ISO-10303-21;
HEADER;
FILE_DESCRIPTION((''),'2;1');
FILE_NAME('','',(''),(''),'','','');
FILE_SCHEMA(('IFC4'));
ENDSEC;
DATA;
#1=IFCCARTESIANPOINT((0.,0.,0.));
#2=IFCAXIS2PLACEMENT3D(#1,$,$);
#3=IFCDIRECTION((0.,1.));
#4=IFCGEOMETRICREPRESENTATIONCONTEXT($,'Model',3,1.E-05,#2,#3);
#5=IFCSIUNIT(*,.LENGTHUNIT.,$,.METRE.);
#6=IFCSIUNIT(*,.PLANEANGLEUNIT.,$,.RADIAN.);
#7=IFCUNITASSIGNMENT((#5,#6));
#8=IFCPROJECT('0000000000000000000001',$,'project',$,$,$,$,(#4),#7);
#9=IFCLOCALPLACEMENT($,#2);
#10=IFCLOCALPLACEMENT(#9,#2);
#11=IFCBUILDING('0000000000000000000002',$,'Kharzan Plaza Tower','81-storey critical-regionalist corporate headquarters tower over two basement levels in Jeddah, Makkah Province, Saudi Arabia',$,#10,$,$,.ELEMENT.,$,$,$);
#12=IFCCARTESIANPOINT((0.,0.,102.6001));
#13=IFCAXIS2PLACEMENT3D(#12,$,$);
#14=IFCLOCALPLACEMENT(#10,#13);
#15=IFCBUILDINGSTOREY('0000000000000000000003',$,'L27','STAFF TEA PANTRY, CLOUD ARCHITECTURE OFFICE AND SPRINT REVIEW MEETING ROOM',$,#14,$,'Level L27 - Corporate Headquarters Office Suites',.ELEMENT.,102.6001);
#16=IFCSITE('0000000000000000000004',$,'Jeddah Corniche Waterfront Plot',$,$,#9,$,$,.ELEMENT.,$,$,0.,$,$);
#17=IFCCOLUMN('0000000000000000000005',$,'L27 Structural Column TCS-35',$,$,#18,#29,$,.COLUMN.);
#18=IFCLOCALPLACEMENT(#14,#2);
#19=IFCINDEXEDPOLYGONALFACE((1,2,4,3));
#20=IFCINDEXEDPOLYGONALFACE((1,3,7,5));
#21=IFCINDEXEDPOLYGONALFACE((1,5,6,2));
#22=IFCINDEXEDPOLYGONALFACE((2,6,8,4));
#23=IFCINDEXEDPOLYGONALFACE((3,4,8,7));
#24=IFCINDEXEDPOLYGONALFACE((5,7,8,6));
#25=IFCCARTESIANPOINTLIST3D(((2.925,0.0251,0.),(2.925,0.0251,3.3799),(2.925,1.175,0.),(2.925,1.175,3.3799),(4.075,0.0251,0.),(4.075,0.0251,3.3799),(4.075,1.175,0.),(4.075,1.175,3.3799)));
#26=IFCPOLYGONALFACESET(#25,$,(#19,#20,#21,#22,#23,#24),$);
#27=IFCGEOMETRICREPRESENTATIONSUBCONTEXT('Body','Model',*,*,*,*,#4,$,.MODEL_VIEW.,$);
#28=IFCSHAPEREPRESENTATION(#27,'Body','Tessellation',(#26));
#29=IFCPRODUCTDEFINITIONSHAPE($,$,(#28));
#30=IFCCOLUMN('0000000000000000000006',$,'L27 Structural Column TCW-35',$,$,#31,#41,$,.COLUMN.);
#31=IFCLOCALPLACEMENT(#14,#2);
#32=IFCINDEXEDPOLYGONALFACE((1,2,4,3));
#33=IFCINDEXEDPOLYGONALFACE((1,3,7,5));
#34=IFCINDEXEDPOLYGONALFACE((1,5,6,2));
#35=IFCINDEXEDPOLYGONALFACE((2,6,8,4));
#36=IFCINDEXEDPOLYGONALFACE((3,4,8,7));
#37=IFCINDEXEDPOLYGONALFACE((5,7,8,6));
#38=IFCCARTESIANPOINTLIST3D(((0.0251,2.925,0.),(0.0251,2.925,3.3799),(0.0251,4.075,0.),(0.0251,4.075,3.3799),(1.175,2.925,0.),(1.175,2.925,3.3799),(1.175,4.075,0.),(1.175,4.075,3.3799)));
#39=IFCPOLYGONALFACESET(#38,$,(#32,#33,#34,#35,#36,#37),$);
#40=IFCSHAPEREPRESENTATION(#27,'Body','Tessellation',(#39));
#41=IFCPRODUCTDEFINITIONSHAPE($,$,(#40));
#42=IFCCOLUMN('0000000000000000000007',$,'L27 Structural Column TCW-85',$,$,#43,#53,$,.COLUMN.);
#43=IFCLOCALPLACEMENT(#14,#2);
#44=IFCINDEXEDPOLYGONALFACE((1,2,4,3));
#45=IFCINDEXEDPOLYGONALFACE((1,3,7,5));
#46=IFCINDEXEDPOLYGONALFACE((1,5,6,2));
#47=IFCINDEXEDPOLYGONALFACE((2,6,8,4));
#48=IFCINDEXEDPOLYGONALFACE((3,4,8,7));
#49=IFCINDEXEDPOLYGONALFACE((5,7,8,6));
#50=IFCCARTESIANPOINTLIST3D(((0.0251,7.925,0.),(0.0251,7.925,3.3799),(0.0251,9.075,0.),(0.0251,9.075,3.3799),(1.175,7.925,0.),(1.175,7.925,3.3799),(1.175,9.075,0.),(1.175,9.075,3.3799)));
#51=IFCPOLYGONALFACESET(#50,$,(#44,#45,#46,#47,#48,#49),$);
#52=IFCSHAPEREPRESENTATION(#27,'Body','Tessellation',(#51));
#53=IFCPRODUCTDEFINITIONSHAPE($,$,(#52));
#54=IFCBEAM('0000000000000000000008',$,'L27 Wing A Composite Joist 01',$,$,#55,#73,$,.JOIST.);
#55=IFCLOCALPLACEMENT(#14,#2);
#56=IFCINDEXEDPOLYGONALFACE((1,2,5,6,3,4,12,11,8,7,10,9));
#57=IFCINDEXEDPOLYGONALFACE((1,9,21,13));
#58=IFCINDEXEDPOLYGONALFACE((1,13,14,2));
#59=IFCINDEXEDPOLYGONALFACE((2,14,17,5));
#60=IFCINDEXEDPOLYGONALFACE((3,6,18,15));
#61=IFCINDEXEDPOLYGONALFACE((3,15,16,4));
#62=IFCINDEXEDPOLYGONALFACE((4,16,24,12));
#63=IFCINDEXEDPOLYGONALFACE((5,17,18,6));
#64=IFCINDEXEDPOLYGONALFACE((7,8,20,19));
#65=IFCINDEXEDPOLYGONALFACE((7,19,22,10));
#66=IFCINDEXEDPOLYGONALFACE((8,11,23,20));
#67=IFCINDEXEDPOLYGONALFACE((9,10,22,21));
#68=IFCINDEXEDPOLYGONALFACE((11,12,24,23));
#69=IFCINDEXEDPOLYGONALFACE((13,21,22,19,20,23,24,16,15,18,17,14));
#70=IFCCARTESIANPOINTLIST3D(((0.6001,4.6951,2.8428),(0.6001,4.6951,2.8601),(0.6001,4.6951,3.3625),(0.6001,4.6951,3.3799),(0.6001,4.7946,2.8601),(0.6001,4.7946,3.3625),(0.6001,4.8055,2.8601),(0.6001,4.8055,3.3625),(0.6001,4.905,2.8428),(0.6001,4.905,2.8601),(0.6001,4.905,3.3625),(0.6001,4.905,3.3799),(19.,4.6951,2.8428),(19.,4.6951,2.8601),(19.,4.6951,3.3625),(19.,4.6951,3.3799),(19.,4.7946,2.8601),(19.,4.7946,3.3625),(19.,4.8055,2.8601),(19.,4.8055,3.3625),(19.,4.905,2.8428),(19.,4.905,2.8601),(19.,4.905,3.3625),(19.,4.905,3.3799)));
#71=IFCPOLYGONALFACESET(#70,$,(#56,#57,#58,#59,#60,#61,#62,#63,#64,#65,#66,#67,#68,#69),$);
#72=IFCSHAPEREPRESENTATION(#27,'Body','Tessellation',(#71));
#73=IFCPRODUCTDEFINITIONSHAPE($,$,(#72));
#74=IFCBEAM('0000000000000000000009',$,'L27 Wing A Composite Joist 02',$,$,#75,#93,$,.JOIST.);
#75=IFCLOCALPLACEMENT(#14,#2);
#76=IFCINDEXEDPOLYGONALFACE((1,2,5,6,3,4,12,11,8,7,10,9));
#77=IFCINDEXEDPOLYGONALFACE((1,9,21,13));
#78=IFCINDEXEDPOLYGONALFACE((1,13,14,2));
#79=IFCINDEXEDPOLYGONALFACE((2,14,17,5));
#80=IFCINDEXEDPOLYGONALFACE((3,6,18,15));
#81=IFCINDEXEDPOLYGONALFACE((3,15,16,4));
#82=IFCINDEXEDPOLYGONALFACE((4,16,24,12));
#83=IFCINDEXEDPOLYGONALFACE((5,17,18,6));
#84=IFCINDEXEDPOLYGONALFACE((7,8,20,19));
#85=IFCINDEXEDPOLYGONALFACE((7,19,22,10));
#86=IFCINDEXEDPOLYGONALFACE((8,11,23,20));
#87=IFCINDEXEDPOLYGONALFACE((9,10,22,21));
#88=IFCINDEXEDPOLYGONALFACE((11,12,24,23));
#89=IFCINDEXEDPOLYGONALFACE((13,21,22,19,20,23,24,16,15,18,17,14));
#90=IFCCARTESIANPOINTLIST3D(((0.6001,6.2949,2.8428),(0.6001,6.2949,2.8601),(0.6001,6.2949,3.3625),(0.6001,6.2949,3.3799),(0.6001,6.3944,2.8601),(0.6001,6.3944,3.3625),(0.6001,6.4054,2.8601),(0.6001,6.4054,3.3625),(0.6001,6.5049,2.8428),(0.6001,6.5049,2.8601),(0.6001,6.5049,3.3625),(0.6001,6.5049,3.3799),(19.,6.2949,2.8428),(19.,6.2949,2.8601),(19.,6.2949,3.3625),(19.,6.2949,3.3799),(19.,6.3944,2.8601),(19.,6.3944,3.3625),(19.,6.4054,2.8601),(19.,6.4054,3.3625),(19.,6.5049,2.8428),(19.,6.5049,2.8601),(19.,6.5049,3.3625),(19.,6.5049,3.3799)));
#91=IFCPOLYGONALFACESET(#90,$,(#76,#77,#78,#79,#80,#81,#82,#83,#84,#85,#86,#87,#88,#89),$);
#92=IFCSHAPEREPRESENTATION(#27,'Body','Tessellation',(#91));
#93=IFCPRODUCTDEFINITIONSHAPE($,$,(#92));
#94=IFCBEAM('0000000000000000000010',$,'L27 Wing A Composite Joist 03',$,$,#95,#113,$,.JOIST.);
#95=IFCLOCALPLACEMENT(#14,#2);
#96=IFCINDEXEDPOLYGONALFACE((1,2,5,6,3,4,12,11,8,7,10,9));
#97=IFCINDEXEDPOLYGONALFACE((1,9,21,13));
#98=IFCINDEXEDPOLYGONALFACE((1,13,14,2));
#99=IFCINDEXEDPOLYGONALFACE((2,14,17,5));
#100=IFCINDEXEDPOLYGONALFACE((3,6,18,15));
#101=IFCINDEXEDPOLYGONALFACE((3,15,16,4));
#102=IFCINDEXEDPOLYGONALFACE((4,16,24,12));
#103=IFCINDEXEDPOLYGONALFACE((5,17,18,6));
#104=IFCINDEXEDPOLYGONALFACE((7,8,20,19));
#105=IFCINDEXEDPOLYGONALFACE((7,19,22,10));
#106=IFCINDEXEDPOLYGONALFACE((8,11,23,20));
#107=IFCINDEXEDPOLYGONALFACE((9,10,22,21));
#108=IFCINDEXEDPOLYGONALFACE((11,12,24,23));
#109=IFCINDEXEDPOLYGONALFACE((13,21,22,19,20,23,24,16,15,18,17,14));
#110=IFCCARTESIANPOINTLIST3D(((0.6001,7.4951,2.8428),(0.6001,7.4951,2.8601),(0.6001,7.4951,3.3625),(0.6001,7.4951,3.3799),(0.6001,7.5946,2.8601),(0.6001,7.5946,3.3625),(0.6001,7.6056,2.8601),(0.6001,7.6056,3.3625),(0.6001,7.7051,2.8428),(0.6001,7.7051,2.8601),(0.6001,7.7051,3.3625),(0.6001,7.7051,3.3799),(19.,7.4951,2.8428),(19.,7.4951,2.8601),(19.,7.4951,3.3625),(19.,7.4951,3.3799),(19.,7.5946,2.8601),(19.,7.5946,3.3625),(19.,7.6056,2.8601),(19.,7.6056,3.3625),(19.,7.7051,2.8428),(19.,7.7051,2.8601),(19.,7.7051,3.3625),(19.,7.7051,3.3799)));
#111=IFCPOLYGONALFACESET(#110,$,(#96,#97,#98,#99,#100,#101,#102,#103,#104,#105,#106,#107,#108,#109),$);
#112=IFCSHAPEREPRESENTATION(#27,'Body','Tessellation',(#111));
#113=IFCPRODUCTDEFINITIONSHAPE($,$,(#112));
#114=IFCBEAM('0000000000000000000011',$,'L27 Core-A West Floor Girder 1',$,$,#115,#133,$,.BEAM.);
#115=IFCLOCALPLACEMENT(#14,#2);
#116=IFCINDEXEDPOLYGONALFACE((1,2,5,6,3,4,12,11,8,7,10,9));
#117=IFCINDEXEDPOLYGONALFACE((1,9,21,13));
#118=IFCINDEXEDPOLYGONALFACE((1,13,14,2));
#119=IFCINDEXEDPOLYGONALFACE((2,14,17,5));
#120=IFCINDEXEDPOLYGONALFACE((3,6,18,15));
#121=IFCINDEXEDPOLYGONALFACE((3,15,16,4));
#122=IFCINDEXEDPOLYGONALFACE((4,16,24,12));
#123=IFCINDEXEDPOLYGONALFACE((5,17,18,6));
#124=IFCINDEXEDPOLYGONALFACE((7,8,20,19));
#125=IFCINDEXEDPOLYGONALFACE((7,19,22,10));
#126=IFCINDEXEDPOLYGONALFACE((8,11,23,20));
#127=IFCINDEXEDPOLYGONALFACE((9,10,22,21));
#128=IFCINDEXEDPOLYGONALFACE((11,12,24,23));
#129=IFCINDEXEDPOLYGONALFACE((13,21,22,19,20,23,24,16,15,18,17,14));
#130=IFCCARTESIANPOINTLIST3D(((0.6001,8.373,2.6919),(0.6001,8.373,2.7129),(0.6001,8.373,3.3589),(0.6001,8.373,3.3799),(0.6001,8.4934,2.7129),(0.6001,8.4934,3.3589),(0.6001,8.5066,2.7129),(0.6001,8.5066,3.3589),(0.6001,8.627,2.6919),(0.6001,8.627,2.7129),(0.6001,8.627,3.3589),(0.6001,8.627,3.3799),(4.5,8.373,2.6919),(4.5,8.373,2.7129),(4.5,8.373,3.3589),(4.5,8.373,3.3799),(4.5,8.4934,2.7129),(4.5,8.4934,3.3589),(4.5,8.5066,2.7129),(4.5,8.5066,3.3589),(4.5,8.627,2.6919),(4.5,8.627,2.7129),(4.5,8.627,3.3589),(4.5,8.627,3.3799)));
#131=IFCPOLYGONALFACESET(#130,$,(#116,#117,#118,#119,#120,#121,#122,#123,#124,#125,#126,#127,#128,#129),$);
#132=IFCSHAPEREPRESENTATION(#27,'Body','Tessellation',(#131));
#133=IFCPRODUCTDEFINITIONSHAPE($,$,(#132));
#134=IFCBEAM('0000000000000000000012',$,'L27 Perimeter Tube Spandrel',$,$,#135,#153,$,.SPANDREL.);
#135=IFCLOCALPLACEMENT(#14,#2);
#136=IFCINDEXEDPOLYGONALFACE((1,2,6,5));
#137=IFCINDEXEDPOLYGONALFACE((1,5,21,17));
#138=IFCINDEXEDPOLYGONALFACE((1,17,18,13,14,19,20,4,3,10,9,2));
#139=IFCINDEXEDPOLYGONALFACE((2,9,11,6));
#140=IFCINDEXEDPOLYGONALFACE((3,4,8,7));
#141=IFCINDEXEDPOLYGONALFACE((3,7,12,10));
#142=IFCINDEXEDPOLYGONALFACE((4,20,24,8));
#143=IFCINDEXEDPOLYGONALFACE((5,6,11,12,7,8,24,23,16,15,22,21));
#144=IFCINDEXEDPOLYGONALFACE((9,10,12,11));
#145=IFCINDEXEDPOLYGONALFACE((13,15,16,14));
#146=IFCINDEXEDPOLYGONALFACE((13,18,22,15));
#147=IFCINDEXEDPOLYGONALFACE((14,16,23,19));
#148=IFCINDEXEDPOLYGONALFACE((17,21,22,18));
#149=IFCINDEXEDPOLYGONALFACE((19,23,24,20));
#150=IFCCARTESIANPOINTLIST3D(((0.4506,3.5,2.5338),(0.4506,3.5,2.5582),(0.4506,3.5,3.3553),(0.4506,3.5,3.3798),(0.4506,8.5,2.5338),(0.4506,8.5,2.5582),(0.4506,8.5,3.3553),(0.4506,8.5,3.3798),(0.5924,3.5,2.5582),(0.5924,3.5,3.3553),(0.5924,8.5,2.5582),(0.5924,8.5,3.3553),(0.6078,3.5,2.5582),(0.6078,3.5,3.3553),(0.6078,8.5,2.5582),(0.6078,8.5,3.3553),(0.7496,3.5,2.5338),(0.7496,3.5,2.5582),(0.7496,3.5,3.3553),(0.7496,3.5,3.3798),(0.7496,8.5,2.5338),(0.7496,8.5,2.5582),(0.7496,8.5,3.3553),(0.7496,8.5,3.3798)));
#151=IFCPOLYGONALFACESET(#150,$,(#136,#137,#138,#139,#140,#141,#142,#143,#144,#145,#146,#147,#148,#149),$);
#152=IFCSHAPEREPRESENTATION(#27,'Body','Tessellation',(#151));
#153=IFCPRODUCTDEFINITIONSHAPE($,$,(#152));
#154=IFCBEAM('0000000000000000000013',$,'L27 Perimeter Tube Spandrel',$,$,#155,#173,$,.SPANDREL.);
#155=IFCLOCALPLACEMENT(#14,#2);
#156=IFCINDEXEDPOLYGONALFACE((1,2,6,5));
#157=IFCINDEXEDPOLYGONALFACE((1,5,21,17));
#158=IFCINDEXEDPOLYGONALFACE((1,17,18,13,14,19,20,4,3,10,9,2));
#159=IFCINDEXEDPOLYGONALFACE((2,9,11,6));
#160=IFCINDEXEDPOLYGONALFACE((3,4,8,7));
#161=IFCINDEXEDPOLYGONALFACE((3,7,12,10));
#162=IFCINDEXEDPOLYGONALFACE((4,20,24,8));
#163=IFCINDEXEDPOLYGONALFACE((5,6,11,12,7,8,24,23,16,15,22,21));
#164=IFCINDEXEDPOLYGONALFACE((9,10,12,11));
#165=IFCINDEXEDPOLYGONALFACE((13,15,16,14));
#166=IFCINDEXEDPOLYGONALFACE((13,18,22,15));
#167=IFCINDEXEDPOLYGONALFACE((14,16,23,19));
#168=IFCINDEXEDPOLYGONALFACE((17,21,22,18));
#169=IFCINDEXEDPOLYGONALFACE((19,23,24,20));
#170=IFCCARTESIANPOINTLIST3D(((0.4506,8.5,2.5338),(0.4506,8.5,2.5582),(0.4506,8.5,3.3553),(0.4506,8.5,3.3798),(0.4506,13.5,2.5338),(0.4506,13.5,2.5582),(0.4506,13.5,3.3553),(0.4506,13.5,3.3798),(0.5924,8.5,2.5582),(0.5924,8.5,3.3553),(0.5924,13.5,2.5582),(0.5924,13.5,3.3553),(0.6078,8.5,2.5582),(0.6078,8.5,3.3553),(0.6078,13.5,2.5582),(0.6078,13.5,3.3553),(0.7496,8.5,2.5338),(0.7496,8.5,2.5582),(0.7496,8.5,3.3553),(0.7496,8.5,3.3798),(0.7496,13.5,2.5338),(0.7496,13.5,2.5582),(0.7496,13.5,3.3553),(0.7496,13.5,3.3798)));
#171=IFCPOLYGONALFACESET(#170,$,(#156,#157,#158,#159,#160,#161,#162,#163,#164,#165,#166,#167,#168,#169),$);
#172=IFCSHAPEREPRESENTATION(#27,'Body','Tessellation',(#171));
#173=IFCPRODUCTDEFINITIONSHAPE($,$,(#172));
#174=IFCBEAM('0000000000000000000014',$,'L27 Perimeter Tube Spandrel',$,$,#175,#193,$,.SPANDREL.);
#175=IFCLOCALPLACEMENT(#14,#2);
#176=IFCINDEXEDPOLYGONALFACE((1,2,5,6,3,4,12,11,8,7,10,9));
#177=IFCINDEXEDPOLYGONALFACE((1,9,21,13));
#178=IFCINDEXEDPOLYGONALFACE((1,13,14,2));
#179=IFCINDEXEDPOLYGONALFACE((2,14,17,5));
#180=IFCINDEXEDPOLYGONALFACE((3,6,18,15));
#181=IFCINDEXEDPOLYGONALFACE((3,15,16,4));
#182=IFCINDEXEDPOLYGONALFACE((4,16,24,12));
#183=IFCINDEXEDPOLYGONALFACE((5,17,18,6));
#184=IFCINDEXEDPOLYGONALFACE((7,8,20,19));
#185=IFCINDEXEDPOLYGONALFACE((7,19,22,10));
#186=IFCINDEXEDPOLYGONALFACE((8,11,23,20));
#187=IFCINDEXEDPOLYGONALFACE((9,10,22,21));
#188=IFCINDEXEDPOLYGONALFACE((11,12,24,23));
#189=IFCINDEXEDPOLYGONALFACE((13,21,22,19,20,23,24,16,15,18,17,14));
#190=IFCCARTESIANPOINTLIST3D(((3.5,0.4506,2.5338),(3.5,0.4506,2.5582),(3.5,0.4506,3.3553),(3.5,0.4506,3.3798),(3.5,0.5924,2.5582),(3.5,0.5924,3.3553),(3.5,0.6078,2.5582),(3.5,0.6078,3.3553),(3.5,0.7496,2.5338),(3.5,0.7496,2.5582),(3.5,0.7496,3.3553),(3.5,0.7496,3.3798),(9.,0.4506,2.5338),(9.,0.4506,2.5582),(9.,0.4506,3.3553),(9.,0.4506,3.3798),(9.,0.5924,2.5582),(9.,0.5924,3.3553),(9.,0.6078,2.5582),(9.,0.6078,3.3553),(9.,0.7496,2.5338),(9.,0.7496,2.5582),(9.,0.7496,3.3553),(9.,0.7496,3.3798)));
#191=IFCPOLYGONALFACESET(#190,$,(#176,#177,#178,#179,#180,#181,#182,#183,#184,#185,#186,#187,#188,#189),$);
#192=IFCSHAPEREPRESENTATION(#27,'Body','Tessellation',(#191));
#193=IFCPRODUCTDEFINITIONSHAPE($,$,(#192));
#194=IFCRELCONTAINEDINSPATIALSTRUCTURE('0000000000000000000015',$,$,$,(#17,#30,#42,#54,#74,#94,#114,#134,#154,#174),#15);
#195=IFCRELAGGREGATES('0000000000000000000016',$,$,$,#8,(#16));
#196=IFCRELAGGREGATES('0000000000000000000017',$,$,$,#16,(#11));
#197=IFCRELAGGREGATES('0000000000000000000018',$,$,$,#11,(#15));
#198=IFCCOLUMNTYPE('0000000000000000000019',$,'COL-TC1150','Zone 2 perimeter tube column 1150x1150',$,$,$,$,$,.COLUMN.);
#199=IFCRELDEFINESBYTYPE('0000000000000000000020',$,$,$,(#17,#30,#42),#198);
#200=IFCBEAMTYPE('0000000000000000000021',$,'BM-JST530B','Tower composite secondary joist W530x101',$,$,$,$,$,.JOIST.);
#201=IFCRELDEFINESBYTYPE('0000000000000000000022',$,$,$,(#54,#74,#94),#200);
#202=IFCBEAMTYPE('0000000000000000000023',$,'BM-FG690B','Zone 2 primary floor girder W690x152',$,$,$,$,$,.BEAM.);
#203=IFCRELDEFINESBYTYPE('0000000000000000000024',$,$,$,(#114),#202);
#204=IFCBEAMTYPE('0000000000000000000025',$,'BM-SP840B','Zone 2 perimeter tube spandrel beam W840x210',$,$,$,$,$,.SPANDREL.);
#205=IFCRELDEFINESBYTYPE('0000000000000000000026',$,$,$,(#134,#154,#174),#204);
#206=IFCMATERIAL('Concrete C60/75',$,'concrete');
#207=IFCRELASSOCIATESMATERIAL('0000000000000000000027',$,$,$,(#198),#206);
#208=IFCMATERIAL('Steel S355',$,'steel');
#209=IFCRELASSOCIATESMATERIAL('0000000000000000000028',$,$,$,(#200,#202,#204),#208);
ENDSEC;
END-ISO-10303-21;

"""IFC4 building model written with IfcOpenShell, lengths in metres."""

from ifc_helpers import new_model, si_unit, direction, frame, origin, origin_2d, place, context, subcontext, project, spatial, rectangle, i_section, extrude, source, transform, mapped, material, material_profile, profile_set, type_object, element, save


model = new_model("IFC4")

# Units and contexts
model_context = context("Model", 3, precision=1e-05, world=origin(), true_north=direction((0.0, 1.0)))
body_context = subcontext(model_context, "Body", "Model", "MODEL_VIEW")
ifc_project = project(units=[si_unit("LENGTHUNIT", "METRE"), si_unit("PLANEANGLEUNIT", "RADIAN")], contexts=[model_context])

# Site, building, storey
site_placement = place(None, origin())
site = spatial("IfcSite", under=ifc_project, at=site_placement, Name="Jeddah Corniche Waterfront Plot", CompositionType="ELEMENT", RefElevation=0.0)
building_placement = place(site_placement, origin())
building = spatial("IfcBuilding", under=site, at=building_placement, Name="Kharzan Plaza Tower", Description="81-storey critical-regionalist corporate headquarters tower over two basement levels in Jeddah, Makkah Province, Saudi Arabia", CompositionType="ELEMENT")
storey_placement = place(building_placement, frame((0.0, 0.0, 102.6001)))
storey = spatial("IfcBuildingStorey", under=building, at=storey_placement, Name="L27", Description="STAFF TEA PANTRY, CLOUD ARCHITECTURE OFFICE AND SPRINT REVIEW MEETING ROOM", LongName="Level L27 - Corporate Headquarters Office Suites", CompositionType="ELEMENT", Elevation=102.6001)

# Columns
ifc_material_1 = material(Name="Concrete C60/75", Category="concrete")
ifc_material_profile_1 = material_profile(ifc_material_1, rectangle(XDim=1.1499, YDim=1.1499, at=origin_2d()), Name="RC-TC1150x1150")
ifc_profile_set_1 = profile_set([ifc_material_profile_1], Name="Concrete C60/75")
column_type = type_object("IfcColumnType", Name="COL-TC1150", Description="Zone 2 perimeter tube column 1150x1150", PredefinedType="COLUMN", material=ifc_profile_set_1)
shared_shape_1 = source(origin(), body_context, "Body", "SweptSolid", [
    extrude(rectangle(XDim=1.1499, YDim=1.1499, at=origin_2d()), origin(), (0.0, 0.0, 1.0), 3.3799),
])
for number, where, z_axis, x_axis, name in (
    (1, (3.5, 0.6001, 0.0), (0.0, 0.0, 1.0), (1.0, 0.0, 0.0), "L27 Structural Column TCS-35"),
    (2, (0.6001, 3.5, 0.0), (0.0, 0.0, 1.0), (1.0, 0.0, 0.0), "L27 Structural Column TCW-35"),
    (3, (0.6001, 8.5, 0.0), (0.0, 0.0, 1.0), (1.0, 0.0, 0.0), "L27 Structural Column TCW-85"),
):
    element("IfcColumn", number, at=place(storey_placement, frame(where, z_axis=z_axis, x_axis=x_axis)), inside=storey, type_object=column_type, Name=name, PredefinedType="COLUMN", context=body_context, shape_type="MappedRepresentation", body=[
        mapped(shared_shape_1, transform((0.0, 0.0, 0.0), x_axis=(1.0, 0.0, 0.0), y_axis=(0.0, 1.0, 0.0), z_axis=(0.0, 0.0, 1.0))),
    ])

# Beams
ifc_material_2 = material(Name="Steel S355", Category="steel")
ifc_material_profile_2 = material_profile(ifc_material_2, i_section(OverallWidth=0.21, OverallDepth=0.5371, WebThickness=0.011, FlangeThickness=0.0173, at=origin_2d()), Name="W530x101")
ifc_profile_set_2 = profile_set([ifc_material_profile_2], Name="Steel S355")
beam_type_1 = type_object("IfcBeamType", Name="BM-JST530B", Description="Tower composite secondary joist W530x101", PredefinedType="JOIST", material=ifc_profile_set_2)
shared_shape_2 = source(origin(), body_context, "Body", "SweptSolid", [
    extrude(i_section(OverallWidth=0.21, OverallDepth=0.5371, WebThickness=0.011, FlangeThickness=0.0173, at=origin_2d()), origin(), (0.0, 0.0, 1.0), 18.3999),
])
for number, where, z_axis, x_axis, name in (
    (4, (0.6001, 4.8, 3.1113), (1.0, 0.0, 0.0), (0.0, 1.0, 0.0), "L27 Wing A Composite Joist 01"),
    (5, (0.6001, 6.3999, 3.1113), (1.0, 0.0, 0.0), (0.0, 1.0, 0.0), "L27 Wing A Composite Joist 02"),
    (6, (0.6001, 7.6001, 3.1113), (1.0, 0.0, 0.0), (0.0, 1.0, 0.0), "L27 Wing A Composite Joist 03"),
):
    element("IfcBeam", number, at=place(storey_placement, frame(where, z_axis=z_axis, x_axis=x_axis)), inside=storey, type_object=beam_type_1, Name=name, PredefinedType="JOIST", context=body_context, shape_type="MappedRepresentation", body=[
        mapped(shared_shape_2, transform((0.0, 0.0, 0.0), x_axis=(1.0, 0.0, 0.0), y_axis=(0.0, 1.0, 0.0), z_axis=(0.0, 0.0, 1.0))),
    ])
ifc_material_profile_3 = material_profile(ifc_material_2, i_section(OverallWidth=0.2539, OverallDepth=0.688, WebThickness=0.0132, FlangeThickness=0.021, at=origin_2d()), Name="W690x152")
ifc_profile_set_3 = profile_set([ifc_material_profile_3], Name="Steel S355")
beam_type_2 = type_object("IfcBeamType", Name="BM-FG690B", Description="Zone 2 primary floor girder W690x152", PredefinedType="BEAM", material=ifc_profile_set_3)
shared_shape_3 = source(origin(), body_context, "Body", "SweptSolid", [
    extrude(i_section(OverallWidth=0.2539, OverallDepth=0.688, WebThickness=0.0132, FlangeThickness=0.021, at=origin_2d()), origin(), (0.0, 0.0, 1.0), 3.8999),
])
beam_1_placement = place(storey_placement, frame((0.6001, 8.5, 3.0359), z_axis=(1.0, 0.0, 0.0), x_axis=(0.0, 1.0, 0.0)))
element("IfcBeam", 7, at=beam_1_placement, inside=storey, type_object=beam_type_2, Name="L27 Core-A West Floor Girder 1", PredefinedType="BEAM", context=body_context, shape_type="MappedRepresentation", body=[
    mapped(shared_shape_3, transform((0.0, 0.0, 0.0), x_axis=(1.0, 0.0, 0.0), y_axis=(0.0, 1.0, 0.0), z_axis=(0.0, 0.0, 1.0))),
])
ifc_material_profile_4 = material_profile(ifc_material_2, i_section(OverallWidth=0.2991, OverallDepth=0.8459, WebThickness=0.0154, FlangeThickness=0.0244, at=origin_2d()), Name="W840x210")
ifc_profile_set_4 = profile_set([ifc_material_profile_4], Name="Steel S355")
beam_type_3 = type_object("IfcBeamType", Name="BM-SP840B", Description="Zone 2 perimeter tube spandrel beam W840x210", PredefinedType="SPANDREL", material=ifc_profile_set_4)
shared_shape_4 = source(origin(), body_context, "Body", "SweptSolid", [
    extrude(i_section(OverallWidth=0.2991, OverallDepth=0.8459, WebThickness=0.0154, FlangeThickness=0.0244, at=origin_2d()), origin(), (0.0, 0.0, 1.0), 5.0),
])
for number, where, z_axis, x_axis, name in (
    (8, (0.6001, 3.5, 2.9568), (0.0, 1.0, 0.0), (-1.0, 0.0, 0.0), "L27 Perimeter Tube Spandrel"),
    (9, (0.6001, 8.5, 2.9568), (0.0, 1.0, 0.0), (-1.0, 0.0, 0.0), "L27 Perimeter Tube Spandrel"),
):
    element("IfcBeam", number, at=place(storey_placement, frame(where, z_axis=z_axis, x_axis=x_axis)), inside=storey, type_object=beam_type_3, Name=name, PredefinedType="SPANDREL", context=body_context, shape_type="MappedRepresentation", body=[
        mapped(shared_shape_4, transform((0.0, 0.0, 0.0), x_axis=(1.0, 0.0, 0.0), y_axis=(0.0, 1.0, 0.0), z_axis=(0.0, 0.0, 1.0))),
    ])
shared_shape_5 = source(origin(), body_context, "Body", "SweptSolid", [
    extrude(i_section(OverallWidth=0.2991, OverallDepth=0.8459, WebThickness=0.0154, FlangeThickness=0.0244, at=origin_2d()), origin(), (0.0, 0.0, 1.0), 5.5),
])
beam_2_placement = place(storey_placement, frame((3.5, 0.6001, 2.9568), z_axis=(1.0, 0.0, 0.0), x_axis=(0.0, 1.0, 0.0)))
element("IfcBeam", 10, at=beam_2_placement, inside=storey, type_object=beam_type_3, Name="L27 Perimeter Tube Spandrel", PredefinedType="SPANDREL", context=body_context, shape_type="MappedRepresentation", body=[
    mapped(shared_shape_5, transform((0.0, 0.0, 0.0), x_axis=(1.0, 0.0, 0.0), y_axis=(0.0, 1.0, 0.0), z_axis=(0.0, 0.0, 1.0))),
])

save(model, "model.ifc")
